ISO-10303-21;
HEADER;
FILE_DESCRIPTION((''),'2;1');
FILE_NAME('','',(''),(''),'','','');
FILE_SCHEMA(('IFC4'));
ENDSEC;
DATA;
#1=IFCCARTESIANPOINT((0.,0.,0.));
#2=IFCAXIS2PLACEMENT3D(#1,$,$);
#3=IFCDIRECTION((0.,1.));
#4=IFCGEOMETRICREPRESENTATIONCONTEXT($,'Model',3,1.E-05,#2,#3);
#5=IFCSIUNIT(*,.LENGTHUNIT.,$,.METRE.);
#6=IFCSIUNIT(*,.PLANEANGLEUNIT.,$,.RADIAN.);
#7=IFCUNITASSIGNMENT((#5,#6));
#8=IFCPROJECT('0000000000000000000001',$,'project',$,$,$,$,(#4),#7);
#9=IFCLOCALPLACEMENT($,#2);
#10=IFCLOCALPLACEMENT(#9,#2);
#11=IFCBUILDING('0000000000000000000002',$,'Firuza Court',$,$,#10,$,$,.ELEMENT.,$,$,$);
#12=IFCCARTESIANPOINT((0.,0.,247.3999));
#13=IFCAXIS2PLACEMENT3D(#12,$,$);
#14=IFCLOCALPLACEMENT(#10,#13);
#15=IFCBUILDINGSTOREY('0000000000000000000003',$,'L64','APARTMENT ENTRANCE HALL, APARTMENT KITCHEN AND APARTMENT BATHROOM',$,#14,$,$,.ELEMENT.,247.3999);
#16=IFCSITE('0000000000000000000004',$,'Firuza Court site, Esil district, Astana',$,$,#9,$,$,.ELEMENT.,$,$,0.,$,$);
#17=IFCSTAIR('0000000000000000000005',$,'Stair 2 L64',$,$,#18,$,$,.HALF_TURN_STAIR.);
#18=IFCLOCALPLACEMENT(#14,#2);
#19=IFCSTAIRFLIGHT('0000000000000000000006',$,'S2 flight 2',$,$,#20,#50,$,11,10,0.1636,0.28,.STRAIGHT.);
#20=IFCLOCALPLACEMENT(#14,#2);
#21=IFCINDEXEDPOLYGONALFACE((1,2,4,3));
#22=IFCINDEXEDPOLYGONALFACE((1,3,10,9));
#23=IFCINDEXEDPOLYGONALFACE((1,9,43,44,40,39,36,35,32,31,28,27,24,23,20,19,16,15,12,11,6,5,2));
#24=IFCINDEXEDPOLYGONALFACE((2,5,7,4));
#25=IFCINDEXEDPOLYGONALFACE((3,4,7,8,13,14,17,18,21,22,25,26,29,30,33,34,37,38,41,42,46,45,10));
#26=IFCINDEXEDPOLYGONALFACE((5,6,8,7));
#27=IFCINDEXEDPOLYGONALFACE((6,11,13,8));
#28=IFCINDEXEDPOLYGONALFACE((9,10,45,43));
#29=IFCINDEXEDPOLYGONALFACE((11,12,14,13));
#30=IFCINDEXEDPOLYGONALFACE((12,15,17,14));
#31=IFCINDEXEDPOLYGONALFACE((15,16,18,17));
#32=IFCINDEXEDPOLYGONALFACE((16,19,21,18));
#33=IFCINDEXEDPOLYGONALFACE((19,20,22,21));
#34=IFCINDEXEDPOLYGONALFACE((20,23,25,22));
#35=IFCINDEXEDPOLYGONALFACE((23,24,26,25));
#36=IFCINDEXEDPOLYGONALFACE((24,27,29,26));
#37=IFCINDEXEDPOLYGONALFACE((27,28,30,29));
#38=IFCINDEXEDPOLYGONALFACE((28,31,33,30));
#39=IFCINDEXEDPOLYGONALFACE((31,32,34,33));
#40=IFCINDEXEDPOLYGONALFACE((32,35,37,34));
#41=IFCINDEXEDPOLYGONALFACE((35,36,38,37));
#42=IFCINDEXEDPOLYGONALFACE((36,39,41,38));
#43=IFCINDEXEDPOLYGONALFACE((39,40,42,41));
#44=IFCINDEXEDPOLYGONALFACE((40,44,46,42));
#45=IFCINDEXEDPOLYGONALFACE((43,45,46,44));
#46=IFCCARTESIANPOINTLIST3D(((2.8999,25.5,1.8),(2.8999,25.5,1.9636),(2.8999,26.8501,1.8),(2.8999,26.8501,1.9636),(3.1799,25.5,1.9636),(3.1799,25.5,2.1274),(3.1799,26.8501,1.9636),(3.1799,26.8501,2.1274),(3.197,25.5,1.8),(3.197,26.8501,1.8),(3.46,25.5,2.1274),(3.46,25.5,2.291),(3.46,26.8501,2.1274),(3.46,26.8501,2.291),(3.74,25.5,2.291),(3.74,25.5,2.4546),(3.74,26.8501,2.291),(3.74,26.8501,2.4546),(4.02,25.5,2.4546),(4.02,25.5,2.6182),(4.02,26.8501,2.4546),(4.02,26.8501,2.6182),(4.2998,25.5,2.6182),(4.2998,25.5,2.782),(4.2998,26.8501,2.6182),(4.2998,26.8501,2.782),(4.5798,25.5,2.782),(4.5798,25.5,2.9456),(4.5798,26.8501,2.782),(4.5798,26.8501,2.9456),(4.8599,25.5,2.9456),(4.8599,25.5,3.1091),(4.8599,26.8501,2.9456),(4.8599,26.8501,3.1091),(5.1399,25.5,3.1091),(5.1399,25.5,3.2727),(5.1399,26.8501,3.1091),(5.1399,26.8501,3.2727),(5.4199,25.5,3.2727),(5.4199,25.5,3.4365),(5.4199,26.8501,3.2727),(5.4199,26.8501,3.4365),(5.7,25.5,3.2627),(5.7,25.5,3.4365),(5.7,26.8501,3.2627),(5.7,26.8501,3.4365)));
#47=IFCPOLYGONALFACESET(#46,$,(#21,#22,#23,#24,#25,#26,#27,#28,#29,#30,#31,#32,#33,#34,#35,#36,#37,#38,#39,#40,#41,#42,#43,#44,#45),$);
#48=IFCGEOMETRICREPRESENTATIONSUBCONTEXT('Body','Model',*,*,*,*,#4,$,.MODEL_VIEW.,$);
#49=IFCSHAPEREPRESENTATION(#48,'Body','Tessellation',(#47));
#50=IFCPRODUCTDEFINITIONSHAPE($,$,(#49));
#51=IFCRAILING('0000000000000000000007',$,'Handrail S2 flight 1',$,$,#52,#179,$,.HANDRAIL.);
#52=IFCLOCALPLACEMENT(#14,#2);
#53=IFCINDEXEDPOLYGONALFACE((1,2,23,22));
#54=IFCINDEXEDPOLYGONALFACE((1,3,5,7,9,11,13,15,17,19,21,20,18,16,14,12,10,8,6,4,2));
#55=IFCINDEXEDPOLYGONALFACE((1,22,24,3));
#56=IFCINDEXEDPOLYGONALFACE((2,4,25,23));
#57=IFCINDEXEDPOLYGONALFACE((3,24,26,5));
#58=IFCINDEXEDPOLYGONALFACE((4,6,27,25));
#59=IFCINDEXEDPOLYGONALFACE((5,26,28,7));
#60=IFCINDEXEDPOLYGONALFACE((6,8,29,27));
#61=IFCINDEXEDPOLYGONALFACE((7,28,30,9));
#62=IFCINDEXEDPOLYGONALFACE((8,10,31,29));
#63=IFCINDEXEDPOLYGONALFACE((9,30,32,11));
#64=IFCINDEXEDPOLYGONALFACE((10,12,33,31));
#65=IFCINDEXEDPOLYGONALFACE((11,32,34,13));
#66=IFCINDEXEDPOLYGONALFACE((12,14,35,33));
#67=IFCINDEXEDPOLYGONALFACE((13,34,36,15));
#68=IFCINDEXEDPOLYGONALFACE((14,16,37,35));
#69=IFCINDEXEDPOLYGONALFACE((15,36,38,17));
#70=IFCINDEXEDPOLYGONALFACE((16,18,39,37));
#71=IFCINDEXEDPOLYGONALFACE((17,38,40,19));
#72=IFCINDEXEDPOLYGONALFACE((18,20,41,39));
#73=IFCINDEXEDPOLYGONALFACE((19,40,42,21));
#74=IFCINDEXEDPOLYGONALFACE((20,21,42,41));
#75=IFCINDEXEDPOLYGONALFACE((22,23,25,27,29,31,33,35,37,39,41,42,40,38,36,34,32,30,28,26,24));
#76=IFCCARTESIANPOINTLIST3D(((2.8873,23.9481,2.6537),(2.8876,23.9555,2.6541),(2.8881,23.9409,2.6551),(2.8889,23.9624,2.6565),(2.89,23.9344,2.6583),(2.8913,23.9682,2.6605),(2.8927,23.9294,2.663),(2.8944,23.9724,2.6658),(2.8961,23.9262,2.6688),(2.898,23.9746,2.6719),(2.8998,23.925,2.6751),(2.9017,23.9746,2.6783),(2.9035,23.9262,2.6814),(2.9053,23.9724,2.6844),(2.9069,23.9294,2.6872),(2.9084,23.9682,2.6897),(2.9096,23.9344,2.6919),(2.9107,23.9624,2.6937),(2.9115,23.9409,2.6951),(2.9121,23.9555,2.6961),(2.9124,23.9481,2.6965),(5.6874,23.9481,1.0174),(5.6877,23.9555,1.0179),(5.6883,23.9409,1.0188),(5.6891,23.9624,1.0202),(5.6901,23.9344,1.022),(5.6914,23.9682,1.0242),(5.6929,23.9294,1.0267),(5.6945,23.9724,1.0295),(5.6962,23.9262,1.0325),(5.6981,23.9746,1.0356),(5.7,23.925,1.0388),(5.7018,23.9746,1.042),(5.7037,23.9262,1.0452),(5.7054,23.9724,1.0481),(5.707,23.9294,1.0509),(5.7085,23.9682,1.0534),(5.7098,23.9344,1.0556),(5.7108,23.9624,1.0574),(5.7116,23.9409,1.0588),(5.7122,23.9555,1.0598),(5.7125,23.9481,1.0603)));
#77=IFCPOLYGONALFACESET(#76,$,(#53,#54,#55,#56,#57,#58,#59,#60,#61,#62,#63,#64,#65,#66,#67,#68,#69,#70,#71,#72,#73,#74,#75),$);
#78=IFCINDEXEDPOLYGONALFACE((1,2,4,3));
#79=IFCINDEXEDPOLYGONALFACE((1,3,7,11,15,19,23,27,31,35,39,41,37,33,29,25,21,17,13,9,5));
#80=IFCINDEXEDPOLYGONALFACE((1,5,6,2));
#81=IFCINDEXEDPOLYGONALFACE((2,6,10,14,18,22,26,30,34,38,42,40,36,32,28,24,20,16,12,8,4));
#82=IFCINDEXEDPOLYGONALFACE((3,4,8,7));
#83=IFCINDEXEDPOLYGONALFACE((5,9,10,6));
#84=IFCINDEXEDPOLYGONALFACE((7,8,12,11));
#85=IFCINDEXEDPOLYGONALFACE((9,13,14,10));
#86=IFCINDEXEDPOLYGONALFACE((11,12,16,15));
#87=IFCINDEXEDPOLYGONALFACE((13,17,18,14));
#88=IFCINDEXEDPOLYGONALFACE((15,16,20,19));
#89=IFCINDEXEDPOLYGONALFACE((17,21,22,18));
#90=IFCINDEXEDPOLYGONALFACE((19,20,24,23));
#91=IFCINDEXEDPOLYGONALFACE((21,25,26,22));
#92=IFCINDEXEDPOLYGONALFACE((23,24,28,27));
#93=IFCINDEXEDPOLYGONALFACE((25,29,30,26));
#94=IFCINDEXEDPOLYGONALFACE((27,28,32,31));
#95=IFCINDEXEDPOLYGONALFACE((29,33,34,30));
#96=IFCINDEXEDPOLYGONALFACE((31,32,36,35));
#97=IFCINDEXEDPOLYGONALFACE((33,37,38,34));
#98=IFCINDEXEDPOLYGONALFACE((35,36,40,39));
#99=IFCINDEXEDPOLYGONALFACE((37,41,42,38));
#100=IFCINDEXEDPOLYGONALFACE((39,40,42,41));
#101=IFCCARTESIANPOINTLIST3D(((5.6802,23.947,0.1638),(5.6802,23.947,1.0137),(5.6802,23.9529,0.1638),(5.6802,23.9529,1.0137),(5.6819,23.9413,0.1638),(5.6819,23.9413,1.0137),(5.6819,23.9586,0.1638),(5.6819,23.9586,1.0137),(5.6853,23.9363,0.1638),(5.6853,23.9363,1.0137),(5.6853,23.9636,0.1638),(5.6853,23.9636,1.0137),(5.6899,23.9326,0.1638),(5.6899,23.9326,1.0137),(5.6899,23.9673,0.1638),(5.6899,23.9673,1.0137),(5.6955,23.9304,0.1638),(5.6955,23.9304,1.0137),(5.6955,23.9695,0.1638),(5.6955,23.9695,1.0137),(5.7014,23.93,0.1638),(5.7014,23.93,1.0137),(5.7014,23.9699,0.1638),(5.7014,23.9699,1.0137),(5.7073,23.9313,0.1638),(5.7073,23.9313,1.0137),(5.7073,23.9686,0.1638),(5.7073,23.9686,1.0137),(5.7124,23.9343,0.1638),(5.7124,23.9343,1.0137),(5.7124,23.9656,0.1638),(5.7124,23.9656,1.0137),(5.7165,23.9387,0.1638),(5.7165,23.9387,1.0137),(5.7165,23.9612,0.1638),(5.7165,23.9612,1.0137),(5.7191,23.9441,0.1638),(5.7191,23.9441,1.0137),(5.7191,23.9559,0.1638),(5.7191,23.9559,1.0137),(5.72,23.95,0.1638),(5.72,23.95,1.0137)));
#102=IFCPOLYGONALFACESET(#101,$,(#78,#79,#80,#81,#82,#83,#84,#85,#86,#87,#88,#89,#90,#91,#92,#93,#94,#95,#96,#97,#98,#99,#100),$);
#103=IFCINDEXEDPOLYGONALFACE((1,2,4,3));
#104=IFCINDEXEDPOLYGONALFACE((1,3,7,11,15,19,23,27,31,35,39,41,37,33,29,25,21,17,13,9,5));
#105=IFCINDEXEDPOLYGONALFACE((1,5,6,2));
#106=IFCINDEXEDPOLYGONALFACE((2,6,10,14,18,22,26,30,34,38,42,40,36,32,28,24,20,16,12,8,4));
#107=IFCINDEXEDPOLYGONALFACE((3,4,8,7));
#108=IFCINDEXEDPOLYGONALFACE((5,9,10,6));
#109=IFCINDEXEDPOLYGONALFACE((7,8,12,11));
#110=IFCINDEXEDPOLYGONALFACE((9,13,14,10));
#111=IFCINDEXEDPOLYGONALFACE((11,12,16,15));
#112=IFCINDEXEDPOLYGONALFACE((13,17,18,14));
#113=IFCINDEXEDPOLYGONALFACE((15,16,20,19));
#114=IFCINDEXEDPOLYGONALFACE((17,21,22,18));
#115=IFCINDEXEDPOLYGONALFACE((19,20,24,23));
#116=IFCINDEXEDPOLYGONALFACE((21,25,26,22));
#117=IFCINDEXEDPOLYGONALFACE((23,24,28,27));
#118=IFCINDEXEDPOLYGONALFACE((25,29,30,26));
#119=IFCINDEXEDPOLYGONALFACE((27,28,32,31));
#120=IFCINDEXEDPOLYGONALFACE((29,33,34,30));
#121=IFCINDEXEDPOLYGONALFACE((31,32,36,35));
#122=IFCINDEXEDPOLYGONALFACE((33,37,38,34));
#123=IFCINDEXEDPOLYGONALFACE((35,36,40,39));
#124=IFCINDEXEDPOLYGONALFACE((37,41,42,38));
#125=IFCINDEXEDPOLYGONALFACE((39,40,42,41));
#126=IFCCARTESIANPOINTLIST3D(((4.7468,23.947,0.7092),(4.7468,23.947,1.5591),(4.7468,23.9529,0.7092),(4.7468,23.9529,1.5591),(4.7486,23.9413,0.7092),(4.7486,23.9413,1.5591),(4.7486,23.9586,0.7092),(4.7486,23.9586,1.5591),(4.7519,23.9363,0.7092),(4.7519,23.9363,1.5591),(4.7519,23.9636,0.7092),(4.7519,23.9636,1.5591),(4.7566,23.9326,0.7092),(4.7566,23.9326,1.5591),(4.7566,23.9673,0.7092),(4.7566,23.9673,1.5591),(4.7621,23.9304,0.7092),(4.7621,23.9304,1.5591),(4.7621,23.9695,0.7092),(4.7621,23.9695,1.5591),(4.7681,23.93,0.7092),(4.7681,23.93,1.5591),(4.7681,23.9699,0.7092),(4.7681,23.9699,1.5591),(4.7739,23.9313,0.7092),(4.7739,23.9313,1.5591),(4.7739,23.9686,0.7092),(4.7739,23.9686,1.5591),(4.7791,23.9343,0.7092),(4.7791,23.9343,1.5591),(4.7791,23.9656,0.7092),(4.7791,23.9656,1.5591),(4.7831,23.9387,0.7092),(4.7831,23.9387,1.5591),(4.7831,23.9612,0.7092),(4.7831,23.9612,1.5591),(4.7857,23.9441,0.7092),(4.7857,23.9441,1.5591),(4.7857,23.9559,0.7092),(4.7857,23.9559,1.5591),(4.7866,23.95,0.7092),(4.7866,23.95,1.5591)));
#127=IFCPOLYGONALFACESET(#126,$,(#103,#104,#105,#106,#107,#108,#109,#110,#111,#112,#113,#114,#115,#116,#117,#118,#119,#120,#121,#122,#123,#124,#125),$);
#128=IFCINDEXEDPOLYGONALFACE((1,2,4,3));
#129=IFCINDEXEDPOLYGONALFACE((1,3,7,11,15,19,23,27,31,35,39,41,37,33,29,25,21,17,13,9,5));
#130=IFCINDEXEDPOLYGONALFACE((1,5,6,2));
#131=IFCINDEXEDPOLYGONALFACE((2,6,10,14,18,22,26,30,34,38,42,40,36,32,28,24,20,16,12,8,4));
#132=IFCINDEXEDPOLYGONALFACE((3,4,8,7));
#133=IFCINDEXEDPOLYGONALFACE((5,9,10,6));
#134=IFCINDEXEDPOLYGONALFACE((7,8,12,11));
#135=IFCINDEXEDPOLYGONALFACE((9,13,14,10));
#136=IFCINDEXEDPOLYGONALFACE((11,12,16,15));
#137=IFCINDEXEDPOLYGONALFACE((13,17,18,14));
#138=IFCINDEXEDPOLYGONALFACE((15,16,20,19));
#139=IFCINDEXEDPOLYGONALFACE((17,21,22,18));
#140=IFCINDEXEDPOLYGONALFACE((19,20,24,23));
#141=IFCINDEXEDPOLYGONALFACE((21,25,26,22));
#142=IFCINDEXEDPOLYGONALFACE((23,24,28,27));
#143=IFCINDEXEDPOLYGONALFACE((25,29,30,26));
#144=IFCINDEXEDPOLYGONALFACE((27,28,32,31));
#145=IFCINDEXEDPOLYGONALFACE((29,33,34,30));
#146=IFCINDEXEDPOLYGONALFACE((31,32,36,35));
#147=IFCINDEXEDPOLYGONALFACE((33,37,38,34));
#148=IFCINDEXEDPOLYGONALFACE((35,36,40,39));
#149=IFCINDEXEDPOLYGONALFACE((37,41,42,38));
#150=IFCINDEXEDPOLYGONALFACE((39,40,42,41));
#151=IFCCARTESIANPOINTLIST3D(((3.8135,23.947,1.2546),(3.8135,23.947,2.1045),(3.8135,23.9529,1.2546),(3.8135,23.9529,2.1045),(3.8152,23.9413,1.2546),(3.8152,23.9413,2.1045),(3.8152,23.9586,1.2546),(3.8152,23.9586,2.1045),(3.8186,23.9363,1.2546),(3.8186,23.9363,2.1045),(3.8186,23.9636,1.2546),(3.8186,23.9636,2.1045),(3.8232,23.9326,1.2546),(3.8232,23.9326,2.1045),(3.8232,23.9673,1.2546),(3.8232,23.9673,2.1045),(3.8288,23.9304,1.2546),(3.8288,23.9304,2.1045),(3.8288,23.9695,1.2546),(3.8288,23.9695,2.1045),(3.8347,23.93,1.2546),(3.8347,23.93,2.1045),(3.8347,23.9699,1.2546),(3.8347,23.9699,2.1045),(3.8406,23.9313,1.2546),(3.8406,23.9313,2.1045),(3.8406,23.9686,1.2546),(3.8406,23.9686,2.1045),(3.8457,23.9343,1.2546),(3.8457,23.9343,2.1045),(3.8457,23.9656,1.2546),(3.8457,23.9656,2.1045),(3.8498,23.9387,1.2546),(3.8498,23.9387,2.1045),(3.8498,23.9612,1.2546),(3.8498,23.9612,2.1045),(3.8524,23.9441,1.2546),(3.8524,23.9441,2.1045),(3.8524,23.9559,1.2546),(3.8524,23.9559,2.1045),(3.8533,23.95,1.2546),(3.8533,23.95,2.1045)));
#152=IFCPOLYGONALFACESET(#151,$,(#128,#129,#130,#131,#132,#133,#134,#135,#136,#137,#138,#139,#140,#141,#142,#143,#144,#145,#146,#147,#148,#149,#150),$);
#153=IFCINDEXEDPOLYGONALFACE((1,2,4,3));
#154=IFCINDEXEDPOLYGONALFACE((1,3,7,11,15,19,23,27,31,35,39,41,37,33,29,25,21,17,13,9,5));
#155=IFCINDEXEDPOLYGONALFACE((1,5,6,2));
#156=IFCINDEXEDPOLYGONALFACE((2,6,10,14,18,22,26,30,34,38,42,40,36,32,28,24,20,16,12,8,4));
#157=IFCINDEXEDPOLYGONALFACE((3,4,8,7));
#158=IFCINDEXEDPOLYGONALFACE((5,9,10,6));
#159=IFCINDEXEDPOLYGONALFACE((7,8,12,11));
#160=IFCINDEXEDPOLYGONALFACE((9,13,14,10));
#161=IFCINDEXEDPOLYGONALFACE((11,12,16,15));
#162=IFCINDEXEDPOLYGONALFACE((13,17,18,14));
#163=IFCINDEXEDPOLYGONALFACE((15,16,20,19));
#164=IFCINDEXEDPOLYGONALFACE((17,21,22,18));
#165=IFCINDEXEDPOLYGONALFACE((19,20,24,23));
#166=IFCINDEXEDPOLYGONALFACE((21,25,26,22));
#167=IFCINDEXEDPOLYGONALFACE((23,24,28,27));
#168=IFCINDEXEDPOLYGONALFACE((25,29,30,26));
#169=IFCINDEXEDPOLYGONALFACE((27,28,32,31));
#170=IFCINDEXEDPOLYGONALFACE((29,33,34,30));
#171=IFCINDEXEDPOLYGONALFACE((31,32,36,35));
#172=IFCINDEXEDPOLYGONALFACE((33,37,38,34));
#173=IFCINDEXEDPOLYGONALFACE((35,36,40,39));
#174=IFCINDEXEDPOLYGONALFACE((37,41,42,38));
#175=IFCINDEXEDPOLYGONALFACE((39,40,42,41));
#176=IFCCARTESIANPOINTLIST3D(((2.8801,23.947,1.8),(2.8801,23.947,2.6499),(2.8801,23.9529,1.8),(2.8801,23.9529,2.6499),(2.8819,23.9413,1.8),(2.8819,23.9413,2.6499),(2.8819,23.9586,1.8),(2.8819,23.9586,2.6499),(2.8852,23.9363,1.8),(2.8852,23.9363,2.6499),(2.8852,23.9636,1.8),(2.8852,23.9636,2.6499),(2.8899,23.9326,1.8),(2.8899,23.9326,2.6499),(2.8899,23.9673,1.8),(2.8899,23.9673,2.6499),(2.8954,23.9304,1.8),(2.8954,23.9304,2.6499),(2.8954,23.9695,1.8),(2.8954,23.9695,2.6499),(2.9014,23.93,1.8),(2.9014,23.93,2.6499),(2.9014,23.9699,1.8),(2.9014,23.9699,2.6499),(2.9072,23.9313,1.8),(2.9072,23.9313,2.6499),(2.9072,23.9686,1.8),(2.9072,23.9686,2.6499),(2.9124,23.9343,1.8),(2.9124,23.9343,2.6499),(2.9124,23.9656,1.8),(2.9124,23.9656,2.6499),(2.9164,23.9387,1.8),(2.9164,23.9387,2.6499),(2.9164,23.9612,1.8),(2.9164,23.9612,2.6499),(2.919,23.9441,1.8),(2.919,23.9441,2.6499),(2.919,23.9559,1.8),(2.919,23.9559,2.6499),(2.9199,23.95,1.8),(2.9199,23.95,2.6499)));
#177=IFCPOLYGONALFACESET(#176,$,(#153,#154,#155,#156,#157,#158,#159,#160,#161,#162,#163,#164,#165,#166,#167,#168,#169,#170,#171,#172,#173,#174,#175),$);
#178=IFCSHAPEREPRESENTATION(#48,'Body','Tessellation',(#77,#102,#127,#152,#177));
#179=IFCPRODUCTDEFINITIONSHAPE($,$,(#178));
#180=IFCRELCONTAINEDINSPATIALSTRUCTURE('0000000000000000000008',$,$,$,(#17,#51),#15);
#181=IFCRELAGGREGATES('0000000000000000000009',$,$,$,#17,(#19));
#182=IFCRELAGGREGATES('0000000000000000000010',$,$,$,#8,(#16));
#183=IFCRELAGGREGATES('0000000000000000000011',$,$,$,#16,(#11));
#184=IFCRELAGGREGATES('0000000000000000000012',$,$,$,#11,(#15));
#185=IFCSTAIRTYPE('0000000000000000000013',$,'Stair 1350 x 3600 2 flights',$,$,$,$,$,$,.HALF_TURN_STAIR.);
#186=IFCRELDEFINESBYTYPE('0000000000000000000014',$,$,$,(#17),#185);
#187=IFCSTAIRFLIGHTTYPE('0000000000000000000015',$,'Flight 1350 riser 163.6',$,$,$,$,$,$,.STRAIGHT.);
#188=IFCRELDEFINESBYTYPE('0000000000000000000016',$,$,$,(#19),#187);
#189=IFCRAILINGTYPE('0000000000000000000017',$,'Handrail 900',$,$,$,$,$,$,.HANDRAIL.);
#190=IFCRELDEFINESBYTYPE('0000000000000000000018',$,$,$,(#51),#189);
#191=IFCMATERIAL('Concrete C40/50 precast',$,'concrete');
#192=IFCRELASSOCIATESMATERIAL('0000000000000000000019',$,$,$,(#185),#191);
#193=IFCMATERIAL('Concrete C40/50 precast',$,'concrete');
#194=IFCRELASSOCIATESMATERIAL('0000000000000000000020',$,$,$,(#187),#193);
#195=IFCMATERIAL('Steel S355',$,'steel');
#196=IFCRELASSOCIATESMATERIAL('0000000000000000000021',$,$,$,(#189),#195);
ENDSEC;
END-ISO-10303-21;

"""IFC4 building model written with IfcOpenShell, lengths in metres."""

from ifc_helpers import new_model, si_unit, direction, frame, origin, origin_2d, place, context, subcontext, project, spatial, polyline, circle, outline, extrude, material, type_object, element, aggregate, save


model = new_model("IFC4")

# Units and contexts
model_context = context("Model", 3, precision=1e-05, world=origin(), true_north=direction((0.0, 1.0)))
body_context = subcontext(model_context, "Body", "Model", "MODEL_VIEW")
ifc_project = project(units=[si_unit("LENGTHUNIT", "METRE"), si_unit("PLANEANGLEUNIT", "RADIAN")], contexts=[model_context])

# Site, building, storey
site_placement = place(None, origin())
site = spatial("IfcSite", under=ifc_project, at=site_placement, Name="Firuza Court site, Esil district, Astana", CompositionType="ELEMENT", RefElevation=0.0)
building_placement = place(site_placement, origin())
building = spatial("IfcBuilding", under=site, at=building_placement, Name="Firuza Court", CompositionType="ELEMENT")
storey_placement = place(building_placement, frame((0.0, 0.0, 247.3999)))
storey = spatial("IfcBuildingStorey", under=building, at=storey_placement, Name="L64", Description="APARTMENT ENTRANCE HALL, APARTMENT KITCHEN AND APARTMENT BATHROOM", CompositionType="ELEMENT", Elevation=247.3999)

# Stair, stair flight
ifc_material_1 = material(Name="Concrete C40/50 precast", Category="concrete")
stair_type = type_object("IfcStairType", Name="Stair 1350 x 3600 2 flights", PredefinedType="HALF_TURN_STAIR", material=ifc_material_1)
stair_placement = place(storey_placement, origin())
stair = element("IfcStair", 1, at=stair_placement, inside=storey, type_object=stair_type, Name="Stair 2 L64", PredefinedType="HALF_TURN_STAIR")
ifc_material_2 = material(Name="Concrete C40/50 precast", Category="concrete")
stair_flight_type = type_object("IfcStairFlightType", Name="Flight 1350 riser 163.6", PredefinedType="STRAIGHT", material=ifc_material_2)
stair_flight_1_placement = place(storey_placement, frame((2.8999, 26.175, 1.8), z_axis=(0.0, 0.0, 1.0), x_axis=(1.0, 0.0, 0.0)))
stair_flight_1 = element("IfcStairFlight", 2, at=stair_flight_1_placement, type_object=stair_flight_type, Name="S2 flight 2", NumberOfRisers=11, NumberOfTreads=10, PredefinedType="STRAIGHT", RiserHeight=0.1636, TreadLength=0.28, context=body_context, shape_type="SweptSolid", body=[
    extrude(outline(polyline([(0.0, 0.0), (0.0, 0.1636), (0.28, 0.1636), (0.28, 0.3274), (0.5601, 0.3274), (0.5601, 0.491), (0.8401, 0.491), (0.8401, 0.6545), (1.1201, 0.6545), (1.1201, 0.8181), (1.3999, 0.8181), (1.3999, 0.9819), (1.6799, 0.9819), (1.6799, 1.1455), (1.96, 1.1455), (1.96, 1.3091), (2.24, 1.3091), (2.24, 1.4727), (2.52, 1.4727), (2.52, 1.6365), (2.8, 1.6365), (2.8, 1.8), (2.8, 1.4626), (0.2971, 0.0), (0.0, 0.0)])), frame((0.0, 0.675, 0.0), z_axis=(0.0, -1.0, 0.0), x_axis=(1.0, 0.0, 0.0)), (0.0, 0.0, 1.0), 1.3501),
])
aggregate(stair, [stair_flight_1])

# Railing
ifc_material_3 = material(Name="Steel S355", Category="steel")
railing_type_1 = type_object("IfcRailingType", Name="Handrail 900", PredefinedType="HANDRAIL", material=ifc_material_3)
railing_1_placement = place(storey_placement, frame((5.7, 23.95, 0.1638)))
element("IfcRailing", 3, at=railing_1_placement, inside=storey, type_object=railing_type_1, Name="Handrail S2 flight 1", PredefinedType="HANDRAIL", context=body_context, shape_type="SweptSolid", body=[
    extrude(circle(Radius=0.0249, at=origin_2d()), frame((0.0, 0.0, 0.875), z_axis=(-0.863394, 0.0, 0.504531), x_axis=(0.0, -1.0, 0.0)), (0.0, 0.0, 1.0), 3.2432),
    extrude(circle(Radius=0.02, at=origin_2d()), origin(), (0.0, 0.0, 1.0), 0.8499),
    extrude(circle(Radius=0.02, at=origin_2d()), frame((-0.9333, 0.0, 0.5454)), (0.0, 0.0, 1.0), 0.8499),
    extrude(circle(Radius=0.02, at=origin_2d()), frame((-1.8667, 0.0, 1.0908)), (0.0, 0.0, 1.0), 0.8499),
    extrude(circle(Radius=0.02, at=origin_2d()), frame((-2.8, 0.0, 1.6362)), (0.0, 0.0, 1.0), 0.8499),
])

save(model, "model.ifc")
